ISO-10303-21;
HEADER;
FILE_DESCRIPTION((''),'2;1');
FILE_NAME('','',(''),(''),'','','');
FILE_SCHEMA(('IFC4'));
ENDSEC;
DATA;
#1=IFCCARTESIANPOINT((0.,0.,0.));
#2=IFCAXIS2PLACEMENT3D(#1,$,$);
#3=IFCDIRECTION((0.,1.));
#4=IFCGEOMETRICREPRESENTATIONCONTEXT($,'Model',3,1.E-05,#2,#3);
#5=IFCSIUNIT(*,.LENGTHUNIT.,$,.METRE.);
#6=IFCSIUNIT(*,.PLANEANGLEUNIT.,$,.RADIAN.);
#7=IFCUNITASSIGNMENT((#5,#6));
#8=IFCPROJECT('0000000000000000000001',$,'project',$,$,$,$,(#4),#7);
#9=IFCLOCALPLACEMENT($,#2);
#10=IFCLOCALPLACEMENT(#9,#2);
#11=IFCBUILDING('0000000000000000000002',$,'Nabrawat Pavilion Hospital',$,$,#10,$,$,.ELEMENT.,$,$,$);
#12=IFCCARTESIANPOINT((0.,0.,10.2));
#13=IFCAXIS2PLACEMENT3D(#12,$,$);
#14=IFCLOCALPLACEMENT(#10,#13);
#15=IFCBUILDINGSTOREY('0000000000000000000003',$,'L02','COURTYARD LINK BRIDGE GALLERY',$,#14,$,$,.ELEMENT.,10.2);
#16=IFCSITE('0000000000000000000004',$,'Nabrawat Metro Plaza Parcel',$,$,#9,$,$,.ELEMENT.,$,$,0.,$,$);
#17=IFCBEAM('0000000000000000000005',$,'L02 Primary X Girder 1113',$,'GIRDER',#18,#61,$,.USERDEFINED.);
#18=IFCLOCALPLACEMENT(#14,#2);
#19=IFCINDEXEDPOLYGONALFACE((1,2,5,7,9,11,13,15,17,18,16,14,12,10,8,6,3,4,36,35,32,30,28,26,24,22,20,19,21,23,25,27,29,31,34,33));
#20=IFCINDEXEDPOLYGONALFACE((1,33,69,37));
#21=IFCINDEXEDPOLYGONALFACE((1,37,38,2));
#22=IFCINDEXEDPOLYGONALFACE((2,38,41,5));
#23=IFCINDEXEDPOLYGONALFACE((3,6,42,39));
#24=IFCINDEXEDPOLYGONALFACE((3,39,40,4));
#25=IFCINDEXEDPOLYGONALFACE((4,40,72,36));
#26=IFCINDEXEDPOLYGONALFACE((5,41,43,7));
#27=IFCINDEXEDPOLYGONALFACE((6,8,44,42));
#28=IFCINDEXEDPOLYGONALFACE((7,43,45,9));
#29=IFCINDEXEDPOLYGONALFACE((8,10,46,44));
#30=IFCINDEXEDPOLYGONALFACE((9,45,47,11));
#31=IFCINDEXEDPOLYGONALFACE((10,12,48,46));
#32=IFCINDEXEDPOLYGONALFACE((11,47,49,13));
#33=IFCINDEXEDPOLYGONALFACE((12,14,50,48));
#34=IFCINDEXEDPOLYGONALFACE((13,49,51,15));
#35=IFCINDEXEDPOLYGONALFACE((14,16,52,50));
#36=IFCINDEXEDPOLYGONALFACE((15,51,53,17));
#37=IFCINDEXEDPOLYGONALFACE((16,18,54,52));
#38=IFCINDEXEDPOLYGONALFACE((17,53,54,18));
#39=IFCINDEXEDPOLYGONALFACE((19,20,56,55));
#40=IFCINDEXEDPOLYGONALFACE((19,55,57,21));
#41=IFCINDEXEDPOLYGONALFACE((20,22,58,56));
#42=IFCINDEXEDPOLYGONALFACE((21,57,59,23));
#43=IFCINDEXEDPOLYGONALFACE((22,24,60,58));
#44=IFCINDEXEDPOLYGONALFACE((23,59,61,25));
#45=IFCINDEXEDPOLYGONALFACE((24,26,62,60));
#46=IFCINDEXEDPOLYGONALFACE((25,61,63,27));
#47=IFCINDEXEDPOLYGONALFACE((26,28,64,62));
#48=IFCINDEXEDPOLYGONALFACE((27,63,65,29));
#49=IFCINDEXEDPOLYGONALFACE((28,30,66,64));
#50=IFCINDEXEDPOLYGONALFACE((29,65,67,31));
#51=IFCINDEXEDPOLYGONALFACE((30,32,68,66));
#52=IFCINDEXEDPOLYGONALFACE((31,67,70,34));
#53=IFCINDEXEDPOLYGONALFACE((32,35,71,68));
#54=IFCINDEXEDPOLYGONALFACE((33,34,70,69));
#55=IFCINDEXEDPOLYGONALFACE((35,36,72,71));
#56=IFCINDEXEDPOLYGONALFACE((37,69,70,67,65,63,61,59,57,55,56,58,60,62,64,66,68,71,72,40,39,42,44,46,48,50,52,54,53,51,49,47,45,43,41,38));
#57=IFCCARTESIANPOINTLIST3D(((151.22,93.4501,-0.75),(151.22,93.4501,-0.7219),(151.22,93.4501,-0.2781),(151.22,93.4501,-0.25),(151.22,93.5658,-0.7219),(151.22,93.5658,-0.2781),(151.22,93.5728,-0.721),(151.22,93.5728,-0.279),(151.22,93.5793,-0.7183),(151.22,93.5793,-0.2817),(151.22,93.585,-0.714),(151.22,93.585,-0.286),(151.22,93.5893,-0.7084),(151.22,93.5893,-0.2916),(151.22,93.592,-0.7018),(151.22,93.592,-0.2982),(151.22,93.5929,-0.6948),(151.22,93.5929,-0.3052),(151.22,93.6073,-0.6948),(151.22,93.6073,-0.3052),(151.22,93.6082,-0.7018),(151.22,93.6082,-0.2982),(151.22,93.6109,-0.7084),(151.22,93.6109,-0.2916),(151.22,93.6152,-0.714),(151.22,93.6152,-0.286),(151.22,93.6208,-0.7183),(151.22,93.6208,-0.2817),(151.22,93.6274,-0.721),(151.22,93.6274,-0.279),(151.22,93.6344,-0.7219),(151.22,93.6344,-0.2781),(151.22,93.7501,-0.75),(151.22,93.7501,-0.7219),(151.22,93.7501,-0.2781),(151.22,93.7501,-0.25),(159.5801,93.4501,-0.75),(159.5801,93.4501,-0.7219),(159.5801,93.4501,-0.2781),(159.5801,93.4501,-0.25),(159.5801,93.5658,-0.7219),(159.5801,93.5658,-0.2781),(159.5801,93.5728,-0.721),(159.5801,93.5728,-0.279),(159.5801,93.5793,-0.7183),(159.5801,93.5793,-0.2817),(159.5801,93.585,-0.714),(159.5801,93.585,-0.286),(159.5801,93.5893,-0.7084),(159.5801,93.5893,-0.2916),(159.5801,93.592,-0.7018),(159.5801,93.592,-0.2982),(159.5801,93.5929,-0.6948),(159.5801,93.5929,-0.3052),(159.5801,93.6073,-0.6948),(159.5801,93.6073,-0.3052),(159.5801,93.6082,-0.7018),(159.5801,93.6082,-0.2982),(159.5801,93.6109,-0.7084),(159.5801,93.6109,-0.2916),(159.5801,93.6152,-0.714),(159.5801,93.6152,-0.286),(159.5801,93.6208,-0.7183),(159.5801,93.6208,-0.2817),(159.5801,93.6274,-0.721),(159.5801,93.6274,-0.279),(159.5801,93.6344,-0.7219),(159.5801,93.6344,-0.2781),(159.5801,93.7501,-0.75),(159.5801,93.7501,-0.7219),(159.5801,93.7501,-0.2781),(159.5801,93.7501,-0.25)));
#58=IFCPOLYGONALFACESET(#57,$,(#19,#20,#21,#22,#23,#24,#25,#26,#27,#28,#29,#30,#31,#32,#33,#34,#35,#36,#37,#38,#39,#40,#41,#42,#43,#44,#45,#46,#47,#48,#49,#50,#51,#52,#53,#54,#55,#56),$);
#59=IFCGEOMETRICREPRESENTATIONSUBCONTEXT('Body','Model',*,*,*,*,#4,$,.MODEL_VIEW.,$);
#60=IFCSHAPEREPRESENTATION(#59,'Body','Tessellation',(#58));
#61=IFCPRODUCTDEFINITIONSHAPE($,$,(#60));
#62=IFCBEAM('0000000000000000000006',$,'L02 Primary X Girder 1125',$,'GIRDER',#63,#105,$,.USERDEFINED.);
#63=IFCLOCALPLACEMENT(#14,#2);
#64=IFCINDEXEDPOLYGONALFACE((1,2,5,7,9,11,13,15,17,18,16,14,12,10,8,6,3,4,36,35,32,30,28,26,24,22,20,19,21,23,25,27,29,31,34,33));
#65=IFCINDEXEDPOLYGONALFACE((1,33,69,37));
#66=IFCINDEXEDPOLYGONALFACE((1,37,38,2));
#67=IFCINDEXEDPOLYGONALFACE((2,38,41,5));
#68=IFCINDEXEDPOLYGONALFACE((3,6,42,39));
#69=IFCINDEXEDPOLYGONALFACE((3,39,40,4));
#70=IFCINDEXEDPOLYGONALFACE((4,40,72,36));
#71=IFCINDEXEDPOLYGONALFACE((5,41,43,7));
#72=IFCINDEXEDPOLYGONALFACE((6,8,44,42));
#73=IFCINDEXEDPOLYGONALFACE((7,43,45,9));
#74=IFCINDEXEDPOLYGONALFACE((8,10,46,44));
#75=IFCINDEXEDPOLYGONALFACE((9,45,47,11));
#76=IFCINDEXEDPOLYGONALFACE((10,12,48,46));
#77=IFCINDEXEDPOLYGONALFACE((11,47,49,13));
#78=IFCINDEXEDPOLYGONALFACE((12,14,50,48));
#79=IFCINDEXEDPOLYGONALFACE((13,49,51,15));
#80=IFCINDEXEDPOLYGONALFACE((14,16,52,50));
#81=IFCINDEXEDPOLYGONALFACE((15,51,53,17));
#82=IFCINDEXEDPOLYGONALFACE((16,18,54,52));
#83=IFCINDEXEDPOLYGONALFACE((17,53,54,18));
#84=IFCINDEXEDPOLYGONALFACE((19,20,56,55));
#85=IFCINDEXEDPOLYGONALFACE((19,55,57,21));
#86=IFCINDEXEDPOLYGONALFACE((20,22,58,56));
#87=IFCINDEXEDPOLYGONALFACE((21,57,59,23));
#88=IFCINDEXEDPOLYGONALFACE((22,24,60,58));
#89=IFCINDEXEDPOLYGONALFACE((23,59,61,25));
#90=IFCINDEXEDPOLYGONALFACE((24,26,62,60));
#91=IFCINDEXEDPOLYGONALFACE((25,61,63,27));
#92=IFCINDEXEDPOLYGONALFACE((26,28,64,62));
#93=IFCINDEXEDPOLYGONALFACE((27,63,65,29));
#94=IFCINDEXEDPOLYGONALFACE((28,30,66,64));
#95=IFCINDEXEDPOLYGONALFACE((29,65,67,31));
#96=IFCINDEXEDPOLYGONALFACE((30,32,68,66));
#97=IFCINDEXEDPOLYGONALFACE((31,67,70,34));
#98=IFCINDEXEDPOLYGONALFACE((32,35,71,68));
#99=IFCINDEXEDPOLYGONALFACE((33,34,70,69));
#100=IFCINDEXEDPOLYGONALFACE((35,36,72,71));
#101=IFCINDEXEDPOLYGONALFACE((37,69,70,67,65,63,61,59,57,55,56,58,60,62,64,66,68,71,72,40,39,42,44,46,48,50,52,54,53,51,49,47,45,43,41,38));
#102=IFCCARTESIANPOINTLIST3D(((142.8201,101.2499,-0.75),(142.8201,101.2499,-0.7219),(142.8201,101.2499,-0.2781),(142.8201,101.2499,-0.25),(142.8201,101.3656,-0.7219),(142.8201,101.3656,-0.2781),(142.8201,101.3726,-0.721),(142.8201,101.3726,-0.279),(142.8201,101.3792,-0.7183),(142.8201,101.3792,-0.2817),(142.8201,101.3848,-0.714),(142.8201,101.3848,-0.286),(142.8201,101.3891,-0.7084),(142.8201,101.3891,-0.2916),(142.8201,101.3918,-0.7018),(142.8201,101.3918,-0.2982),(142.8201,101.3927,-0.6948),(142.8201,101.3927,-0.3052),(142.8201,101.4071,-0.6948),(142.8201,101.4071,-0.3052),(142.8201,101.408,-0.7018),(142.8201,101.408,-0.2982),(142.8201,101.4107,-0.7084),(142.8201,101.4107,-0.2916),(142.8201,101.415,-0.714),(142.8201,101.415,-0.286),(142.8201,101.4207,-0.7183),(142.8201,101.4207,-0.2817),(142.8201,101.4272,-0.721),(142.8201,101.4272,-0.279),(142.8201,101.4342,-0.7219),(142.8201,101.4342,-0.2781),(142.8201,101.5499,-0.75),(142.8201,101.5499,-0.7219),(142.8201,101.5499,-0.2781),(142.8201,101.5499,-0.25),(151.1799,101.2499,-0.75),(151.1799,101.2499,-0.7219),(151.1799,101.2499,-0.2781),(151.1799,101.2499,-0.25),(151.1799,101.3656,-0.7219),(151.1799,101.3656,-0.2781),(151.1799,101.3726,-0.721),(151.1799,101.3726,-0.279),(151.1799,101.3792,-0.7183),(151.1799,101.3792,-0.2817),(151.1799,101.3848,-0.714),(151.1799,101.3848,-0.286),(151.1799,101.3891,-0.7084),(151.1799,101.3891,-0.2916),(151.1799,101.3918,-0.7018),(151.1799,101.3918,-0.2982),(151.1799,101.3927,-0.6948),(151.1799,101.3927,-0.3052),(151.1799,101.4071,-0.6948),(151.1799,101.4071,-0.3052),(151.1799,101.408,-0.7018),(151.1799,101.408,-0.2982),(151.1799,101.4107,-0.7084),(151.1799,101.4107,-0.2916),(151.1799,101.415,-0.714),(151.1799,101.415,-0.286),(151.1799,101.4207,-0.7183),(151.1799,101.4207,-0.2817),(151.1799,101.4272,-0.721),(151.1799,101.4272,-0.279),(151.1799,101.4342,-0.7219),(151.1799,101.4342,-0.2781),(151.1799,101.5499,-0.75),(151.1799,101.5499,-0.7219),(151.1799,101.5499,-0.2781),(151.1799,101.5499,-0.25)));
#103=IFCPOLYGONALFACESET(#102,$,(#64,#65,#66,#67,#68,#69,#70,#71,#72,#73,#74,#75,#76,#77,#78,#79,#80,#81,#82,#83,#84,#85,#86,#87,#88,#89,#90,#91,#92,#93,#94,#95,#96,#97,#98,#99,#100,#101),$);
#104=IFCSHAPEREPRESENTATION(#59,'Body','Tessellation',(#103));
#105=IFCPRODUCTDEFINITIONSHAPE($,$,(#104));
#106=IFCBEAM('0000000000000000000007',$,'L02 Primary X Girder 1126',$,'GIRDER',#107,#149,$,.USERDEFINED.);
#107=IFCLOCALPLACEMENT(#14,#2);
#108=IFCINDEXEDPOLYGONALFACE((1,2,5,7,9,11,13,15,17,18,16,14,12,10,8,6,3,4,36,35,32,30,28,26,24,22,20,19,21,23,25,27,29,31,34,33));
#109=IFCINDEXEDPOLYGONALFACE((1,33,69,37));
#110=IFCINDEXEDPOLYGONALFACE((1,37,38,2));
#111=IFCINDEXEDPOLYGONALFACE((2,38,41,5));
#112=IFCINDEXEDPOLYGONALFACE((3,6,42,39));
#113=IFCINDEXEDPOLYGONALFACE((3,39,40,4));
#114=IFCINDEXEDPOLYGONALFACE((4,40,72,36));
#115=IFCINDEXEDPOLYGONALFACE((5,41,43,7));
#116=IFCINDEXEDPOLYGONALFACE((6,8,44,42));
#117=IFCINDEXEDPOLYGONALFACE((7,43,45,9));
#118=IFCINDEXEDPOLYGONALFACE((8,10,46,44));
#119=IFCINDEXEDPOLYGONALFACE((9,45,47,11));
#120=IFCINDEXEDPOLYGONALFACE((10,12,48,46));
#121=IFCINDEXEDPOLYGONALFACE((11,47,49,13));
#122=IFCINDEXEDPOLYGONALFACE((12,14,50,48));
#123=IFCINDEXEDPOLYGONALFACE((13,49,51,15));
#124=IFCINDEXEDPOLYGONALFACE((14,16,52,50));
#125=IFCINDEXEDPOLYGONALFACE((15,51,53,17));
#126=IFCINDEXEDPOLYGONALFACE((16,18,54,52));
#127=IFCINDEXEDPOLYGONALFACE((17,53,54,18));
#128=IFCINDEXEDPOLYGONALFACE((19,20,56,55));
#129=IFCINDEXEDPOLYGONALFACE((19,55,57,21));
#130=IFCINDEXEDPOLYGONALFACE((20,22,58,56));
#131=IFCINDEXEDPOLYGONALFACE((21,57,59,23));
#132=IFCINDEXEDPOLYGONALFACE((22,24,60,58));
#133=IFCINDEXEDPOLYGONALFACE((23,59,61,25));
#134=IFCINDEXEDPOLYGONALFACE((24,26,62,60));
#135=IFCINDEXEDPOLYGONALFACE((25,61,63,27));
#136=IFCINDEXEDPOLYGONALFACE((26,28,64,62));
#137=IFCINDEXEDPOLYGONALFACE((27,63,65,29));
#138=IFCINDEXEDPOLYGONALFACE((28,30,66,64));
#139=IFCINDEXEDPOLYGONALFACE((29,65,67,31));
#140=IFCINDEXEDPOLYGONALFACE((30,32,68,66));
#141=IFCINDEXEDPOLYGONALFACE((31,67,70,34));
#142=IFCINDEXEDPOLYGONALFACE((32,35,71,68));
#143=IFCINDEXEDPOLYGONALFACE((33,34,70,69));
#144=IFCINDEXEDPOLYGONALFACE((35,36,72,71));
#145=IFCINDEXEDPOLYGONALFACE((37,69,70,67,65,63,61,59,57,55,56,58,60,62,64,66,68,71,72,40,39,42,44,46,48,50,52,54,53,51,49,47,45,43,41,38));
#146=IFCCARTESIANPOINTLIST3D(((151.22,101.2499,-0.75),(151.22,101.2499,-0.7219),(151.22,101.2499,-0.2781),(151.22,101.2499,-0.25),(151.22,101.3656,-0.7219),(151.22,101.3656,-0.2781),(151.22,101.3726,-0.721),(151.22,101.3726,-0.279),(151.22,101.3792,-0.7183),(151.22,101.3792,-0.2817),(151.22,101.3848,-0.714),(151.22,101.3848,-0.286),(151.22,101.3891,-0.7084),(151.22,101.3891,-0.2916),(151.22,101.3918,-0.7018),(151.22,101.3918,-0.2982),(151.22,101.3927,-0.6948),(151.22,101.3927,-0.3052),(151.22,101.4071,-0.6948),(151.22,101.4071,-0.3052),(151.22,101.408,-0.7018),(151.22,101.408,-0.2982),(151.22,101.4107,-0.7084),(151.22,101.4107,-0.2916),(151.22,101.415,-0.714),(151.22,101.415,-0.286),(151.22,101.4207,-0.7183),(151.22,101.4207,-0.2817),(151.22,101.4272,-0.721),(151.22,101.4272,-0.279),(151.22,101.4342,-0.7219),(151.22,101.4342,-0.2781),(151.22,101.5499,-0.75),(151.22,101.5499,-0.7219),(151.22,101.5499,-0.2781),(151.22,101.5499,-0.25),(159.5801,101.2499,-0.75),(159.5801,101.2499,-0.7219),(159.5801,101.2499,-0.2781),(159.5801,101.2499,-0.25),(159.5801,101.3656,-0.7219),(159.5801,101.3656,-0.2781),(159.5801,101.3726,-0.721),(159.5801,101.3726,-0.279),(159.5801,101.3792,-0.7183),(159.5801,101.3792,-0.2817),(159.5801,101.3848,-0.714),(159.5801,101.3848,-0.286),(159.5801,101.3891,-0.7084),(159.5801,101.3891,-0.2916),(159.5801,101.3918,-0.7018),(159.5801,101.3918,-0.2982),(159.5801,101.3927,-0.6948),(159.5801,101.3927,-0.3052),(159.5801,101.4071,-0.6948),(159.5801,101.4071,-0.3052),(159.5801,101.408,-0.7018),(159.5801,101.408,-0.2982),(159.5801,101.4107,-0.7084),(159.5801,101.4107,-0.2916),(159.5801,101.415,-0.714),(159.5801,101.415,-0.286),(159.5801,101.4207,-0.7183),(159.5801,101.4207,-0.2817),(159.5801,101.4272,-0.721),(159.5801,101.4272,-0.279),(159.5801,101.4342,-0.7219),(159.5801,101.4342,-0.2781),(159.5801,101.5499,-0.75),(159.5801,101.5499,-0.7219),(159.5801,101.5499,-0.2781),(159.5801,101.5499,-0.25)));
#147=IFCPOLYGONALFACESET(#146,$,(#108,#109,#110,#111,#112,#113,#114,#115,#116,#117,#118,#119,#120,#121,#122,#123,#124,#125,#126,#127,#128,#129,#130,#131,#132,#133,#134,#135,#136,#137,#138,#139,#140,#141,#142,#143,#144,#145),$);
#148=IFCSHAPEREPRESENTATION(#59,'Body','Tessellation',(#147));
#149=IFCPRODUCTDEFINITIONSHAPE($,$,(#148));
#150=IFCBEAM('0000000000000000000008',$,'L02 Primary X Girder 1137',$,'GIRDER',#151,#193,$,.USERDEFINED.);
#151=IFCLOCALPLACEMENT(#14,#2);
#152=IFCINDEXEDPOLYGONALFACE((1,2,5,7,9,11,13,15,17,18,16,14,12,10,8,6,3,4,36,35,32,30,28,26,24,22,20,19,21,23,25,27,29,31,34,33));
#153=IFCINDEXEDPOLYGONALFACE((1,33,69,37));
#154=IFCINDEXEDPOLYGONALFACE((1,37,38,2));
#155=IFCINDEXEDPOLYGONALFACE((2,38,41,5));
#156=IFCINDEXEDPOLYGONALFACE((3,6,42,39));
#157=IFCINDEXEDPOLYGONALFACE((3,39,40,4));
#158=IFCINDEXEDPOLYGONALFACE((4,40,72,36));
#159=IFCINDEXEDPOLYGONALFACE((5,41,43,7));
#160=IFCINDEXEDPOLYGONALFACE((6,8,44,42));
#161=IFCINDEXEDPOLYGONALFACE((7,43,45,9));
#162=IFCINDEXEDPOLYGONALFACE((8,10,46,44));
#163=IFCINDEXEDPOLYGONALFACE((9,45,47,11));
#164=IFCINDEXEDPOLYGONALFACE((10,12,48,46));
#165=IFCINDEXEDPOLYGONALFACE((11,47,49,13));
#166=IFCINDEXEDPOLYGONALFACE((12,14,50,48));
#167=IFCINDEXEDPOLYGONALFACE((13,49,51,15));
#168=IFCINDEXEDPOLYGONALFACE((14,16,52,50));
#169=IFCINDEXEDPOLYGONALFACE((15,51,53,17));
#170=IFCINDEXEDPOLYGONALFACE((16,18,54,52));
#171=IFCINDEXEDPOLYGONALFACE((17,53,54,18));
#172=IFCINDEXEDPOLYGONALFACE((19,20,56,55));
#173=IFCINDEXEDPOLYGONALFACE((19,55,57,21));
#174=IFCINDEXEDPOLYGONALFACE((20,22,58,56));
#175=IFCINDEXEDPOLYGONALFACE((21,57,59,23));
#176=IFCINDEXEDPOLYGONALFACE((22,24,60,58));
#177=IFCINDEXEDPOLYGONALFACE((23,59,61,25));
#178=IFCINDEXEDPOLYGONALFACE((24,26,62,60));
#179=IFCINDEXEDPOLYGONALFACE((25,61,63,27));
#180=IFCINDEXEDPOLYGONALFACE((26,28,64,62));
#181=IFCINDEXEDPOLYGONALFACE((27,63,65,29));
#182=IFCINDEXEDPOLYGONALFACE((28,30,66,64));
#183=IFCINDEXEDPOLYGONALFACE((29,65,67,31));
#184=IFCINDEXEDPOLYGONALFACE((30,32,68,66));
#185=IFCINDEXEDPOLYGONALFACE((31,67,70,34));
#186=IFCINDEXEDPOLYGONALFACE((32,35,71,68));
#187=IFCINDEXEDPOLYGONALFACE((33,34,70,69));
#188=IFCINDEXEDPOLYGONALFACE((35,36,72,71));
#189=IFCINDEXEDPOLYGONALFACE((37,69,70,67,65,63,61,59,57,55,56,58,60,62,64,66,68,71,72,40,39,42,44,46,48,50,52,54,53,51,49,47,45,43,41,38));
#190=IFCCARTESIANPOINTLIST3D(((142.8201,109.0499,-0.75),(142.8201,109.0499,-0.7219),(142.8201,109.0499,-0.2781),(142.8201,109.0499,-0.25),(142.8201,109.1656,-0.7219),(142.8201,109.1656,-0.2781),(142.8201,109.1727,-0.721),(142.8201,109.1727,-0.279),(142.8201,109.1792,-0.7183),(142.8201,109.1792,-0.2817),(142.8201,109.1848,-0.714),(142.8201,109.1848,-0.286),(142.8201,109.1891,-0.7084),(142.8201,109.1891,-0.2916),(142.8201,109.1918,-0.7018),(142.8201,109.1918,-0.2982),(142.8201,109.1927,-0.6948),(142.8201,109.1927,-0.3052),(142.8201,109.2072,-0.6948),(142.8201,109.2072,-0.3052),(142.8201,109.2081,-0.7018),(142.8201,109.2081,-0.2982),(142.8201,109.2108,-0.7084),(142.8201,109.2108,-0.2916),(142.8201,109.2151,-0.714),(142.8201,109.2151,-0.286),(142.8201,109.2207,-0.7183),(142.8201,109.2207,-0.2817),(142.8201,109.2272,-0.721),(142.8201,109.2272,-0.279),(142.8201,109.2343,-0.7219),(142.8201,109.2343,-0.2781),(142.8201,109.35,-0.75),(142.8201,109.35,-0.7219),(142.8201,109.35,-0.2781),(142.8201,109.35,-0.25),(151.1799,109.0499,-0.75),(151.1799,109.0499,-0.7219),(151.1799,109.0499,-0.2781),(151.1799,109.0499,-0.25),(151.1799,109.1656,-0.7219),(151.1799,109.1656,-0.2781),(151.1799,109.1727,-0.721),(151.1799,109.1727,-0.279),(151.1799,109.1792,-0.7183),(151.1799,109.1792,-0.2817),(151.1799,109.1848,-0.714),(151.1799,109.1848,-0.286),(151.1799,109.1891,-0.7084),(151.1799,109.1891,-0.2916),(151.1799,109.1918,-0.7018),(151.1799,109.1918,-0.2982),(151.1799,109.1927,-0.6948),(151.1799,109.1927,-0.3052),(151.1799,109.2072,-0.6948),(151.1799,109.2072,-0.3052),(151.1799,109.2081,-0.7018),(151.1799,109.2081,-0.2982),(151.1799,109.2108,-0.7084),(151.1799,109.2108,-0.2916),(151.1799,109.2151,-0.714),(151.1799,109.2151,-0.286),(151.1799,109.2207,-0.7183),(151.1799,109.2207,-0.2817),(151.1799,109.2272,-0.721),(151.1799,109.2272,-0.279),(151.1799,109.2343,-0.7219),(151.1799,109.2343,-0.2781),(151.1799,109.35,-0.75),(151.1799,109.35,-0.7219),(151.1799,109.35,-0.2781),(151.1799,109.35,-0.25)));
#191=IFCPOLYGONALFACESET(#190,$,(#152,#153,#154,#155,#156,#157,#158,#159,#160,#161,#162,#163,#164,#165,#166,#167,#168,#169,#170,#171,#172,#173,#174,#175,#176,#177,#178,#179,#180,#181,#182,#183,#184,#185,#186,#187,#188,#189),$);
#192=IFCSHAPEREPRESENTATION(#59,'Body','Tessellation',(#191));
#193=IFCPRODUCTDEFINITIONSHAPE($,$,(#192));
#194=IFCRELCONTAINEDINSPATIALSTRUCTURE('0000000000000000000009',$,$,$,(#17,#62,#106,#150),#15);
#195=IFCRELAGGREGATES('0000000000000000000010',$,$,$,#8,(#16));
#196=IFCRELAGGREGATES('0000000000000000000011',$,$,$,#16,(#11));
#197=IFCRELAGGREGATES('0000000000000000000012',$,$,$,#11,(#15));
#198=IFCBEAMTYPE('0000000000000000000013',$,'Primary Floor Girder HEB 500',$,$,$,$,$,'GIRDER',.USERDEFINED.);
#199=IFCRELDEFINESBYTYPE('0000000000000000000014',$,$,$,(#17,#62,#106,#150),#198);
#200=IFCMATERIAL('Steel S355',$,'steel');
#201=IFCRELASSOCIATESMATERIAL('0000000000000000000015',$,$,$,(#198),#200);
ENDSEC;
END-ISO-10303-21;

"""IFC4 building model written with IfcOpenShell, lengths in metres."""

from ifc_helpers import new_model, si_unit, direction, frame, origin, origin_2d, place, context, subcontext, project, spatial, i_section, extrude, material, material_profile, profile_set, type_object, element, save


model = new_model("IFC4")

# Units and contexts
model_context = context("Model", 3, precision=1e-05, world=origin(), true_north=direction((0.0, 1.0)))
body_context = subcontext(model_context, "Body", "Model", "MODEL_VIEW")
ifc_project = project(units=[si_unit("LENGTHUNIT", "METRE"), si_unit("PLANEANGLEUNIT", "RADIAN")], contexts=[model_context])

# Site, building, storey
site_placement = place(None, origin())
site = spatial("IfcSite", under=ifc_project, at=site_placement, Name="Nabrawat Metro Plaza Parcel", CompositionType="ELEMENT", RefElevation=0.0)
building_placement = place(site_placement, origin())
building = spatial("IfcBuilding", under=site, at=building_placement, Name="Nabrawat Pavilion Hospital", CompositionType="ELEMENT")
storey_placement = place(building_placement, frame((0.0, 0.0, 10.2)))
storey = spatial("IfcBuildingStorey", under=building, at=storey_placement, Name="L02", Description="COURTYARD LINK BRIDGE GALLERY", CompositionType="ELEMENT", Elevation=10.2)

# Shared definitions
ifc_material_1 = material(Name="Steel S355", Category="steel")

# Beams
ifc_material_profile_1 = material_profile(ifc_material_1, i_section(OverallWidth=0.3, OverallDepth=0.5, WebThickness=0.0144, FlangeThickness=0.0281, FilletRadius=0.0271, at=origin_2d()), Name="HEB 500")
ifc_profile_set_1 = profile_set([ifc_material_profile_1], Name="Steel S355")
beam_type_1 = type_object("IfcBeamType", Name="Primary Floor Girder HEB 500", ElementType="GIRDER", PredefinedType="USERDEFINED", material=ifc_profile_set_1)
beam_1_placement = place(storey_placement, frame((151.22, 93.6001, -0.5), z_axis=(1.0, 0.0, 0.0), x_axis=(0.0, 1.0, 0.0)))
element("IfcBeam", 1, at=beam_1_placement, inside=storey, type_object=beam_type_1, Name="L02 Primary X Girder 1113", ObjectType="GIRDER", PredefinedType="USERDEFINED", context=body_context, shape_type="SweptSolid", body=[
    extrude(i_section(OverallWidth=0.3, OverallDepth=0.5, WebThickness=0.0144, FlangeThickness=0.0281, FilletRadius=0.0271, at=origin_2d()), origin(), (0.0, 0.0, 1.0), 8.3601),
])
beam_2_placement = place(storey_placement, frame((142.8201, 101.3999, -0.5), z_axis=(1.0, 0.0, 0.0), x_axis=(0.0, 1.0, 0.0)))
element("IfcBeam", 2, at=beam_2_placement, inside=storey, type_object=beam_type_1, Name="L02 Primary X Girder 1125", ObjectType="GIRDER", PredefinedType="USERDEFINED", context=body_context, shape_type="SweptSolid", body=[
    extrude(i_section(OverallWidth=0.3, OverallDepth=0.5, WebThickness=0.0144, FlangeThickness=0.0281, FilletRadius=0.0271, at=origin_2d()), origin(), (0.0, 0.0, 1.0), 8.3599),
])
beam_3_placement = place(storey_placement, frame((151.22, 101.3999, -0.5), z_axis=(1.0, 0.0, 0.0), x_axis=(0.0, 1.0, 0.0)))
element("IfcBeam", 3, at=beam_3_placement, inside=storey, type_object=beam_type_1, Name="L02 Primary X Girder 1126", ObjectType="GIRDER", PredefinedType="USERDEFINED", context=body_context, shape_type="SweptSolid", body=[
    extrude(i_section(OverallWidth=0.3, OverallDepth=0.5, WebThickness=0.0144, FlangeThickness=0.0281, FilletRadius=0.0271, at=origin_2d()), origin(), (0.0, 0.0, 1.0), 8.3601),
])
beam_4_placement = place(storey_placement, frame((142.8201, 109.2, -0.5), z_axis=(1.0, 0.0, 0.0), x_axis=(0.0, 1.0, 0.0)))
element("IfcBeam", 4, at=beam_4_placement, inside=storey, type_object=beam_type_1, Name="L02 Primary X Girder 1137", ObjectType="GIRDER", PredefinedType="USERDEFINED", context=body_context, shape_type="SweptSolid", body=[
    extrude(i_section(OverallWidth=0.3, OverallDepth=0.5, WebThickness=0.0144, FlangeThickness=0.0281, FilletRadius=0.0271, at=origin_2d()), origin(), (0.0, 0.0, 1.0), 8.3599),
])

save(model, "model.ifc")
